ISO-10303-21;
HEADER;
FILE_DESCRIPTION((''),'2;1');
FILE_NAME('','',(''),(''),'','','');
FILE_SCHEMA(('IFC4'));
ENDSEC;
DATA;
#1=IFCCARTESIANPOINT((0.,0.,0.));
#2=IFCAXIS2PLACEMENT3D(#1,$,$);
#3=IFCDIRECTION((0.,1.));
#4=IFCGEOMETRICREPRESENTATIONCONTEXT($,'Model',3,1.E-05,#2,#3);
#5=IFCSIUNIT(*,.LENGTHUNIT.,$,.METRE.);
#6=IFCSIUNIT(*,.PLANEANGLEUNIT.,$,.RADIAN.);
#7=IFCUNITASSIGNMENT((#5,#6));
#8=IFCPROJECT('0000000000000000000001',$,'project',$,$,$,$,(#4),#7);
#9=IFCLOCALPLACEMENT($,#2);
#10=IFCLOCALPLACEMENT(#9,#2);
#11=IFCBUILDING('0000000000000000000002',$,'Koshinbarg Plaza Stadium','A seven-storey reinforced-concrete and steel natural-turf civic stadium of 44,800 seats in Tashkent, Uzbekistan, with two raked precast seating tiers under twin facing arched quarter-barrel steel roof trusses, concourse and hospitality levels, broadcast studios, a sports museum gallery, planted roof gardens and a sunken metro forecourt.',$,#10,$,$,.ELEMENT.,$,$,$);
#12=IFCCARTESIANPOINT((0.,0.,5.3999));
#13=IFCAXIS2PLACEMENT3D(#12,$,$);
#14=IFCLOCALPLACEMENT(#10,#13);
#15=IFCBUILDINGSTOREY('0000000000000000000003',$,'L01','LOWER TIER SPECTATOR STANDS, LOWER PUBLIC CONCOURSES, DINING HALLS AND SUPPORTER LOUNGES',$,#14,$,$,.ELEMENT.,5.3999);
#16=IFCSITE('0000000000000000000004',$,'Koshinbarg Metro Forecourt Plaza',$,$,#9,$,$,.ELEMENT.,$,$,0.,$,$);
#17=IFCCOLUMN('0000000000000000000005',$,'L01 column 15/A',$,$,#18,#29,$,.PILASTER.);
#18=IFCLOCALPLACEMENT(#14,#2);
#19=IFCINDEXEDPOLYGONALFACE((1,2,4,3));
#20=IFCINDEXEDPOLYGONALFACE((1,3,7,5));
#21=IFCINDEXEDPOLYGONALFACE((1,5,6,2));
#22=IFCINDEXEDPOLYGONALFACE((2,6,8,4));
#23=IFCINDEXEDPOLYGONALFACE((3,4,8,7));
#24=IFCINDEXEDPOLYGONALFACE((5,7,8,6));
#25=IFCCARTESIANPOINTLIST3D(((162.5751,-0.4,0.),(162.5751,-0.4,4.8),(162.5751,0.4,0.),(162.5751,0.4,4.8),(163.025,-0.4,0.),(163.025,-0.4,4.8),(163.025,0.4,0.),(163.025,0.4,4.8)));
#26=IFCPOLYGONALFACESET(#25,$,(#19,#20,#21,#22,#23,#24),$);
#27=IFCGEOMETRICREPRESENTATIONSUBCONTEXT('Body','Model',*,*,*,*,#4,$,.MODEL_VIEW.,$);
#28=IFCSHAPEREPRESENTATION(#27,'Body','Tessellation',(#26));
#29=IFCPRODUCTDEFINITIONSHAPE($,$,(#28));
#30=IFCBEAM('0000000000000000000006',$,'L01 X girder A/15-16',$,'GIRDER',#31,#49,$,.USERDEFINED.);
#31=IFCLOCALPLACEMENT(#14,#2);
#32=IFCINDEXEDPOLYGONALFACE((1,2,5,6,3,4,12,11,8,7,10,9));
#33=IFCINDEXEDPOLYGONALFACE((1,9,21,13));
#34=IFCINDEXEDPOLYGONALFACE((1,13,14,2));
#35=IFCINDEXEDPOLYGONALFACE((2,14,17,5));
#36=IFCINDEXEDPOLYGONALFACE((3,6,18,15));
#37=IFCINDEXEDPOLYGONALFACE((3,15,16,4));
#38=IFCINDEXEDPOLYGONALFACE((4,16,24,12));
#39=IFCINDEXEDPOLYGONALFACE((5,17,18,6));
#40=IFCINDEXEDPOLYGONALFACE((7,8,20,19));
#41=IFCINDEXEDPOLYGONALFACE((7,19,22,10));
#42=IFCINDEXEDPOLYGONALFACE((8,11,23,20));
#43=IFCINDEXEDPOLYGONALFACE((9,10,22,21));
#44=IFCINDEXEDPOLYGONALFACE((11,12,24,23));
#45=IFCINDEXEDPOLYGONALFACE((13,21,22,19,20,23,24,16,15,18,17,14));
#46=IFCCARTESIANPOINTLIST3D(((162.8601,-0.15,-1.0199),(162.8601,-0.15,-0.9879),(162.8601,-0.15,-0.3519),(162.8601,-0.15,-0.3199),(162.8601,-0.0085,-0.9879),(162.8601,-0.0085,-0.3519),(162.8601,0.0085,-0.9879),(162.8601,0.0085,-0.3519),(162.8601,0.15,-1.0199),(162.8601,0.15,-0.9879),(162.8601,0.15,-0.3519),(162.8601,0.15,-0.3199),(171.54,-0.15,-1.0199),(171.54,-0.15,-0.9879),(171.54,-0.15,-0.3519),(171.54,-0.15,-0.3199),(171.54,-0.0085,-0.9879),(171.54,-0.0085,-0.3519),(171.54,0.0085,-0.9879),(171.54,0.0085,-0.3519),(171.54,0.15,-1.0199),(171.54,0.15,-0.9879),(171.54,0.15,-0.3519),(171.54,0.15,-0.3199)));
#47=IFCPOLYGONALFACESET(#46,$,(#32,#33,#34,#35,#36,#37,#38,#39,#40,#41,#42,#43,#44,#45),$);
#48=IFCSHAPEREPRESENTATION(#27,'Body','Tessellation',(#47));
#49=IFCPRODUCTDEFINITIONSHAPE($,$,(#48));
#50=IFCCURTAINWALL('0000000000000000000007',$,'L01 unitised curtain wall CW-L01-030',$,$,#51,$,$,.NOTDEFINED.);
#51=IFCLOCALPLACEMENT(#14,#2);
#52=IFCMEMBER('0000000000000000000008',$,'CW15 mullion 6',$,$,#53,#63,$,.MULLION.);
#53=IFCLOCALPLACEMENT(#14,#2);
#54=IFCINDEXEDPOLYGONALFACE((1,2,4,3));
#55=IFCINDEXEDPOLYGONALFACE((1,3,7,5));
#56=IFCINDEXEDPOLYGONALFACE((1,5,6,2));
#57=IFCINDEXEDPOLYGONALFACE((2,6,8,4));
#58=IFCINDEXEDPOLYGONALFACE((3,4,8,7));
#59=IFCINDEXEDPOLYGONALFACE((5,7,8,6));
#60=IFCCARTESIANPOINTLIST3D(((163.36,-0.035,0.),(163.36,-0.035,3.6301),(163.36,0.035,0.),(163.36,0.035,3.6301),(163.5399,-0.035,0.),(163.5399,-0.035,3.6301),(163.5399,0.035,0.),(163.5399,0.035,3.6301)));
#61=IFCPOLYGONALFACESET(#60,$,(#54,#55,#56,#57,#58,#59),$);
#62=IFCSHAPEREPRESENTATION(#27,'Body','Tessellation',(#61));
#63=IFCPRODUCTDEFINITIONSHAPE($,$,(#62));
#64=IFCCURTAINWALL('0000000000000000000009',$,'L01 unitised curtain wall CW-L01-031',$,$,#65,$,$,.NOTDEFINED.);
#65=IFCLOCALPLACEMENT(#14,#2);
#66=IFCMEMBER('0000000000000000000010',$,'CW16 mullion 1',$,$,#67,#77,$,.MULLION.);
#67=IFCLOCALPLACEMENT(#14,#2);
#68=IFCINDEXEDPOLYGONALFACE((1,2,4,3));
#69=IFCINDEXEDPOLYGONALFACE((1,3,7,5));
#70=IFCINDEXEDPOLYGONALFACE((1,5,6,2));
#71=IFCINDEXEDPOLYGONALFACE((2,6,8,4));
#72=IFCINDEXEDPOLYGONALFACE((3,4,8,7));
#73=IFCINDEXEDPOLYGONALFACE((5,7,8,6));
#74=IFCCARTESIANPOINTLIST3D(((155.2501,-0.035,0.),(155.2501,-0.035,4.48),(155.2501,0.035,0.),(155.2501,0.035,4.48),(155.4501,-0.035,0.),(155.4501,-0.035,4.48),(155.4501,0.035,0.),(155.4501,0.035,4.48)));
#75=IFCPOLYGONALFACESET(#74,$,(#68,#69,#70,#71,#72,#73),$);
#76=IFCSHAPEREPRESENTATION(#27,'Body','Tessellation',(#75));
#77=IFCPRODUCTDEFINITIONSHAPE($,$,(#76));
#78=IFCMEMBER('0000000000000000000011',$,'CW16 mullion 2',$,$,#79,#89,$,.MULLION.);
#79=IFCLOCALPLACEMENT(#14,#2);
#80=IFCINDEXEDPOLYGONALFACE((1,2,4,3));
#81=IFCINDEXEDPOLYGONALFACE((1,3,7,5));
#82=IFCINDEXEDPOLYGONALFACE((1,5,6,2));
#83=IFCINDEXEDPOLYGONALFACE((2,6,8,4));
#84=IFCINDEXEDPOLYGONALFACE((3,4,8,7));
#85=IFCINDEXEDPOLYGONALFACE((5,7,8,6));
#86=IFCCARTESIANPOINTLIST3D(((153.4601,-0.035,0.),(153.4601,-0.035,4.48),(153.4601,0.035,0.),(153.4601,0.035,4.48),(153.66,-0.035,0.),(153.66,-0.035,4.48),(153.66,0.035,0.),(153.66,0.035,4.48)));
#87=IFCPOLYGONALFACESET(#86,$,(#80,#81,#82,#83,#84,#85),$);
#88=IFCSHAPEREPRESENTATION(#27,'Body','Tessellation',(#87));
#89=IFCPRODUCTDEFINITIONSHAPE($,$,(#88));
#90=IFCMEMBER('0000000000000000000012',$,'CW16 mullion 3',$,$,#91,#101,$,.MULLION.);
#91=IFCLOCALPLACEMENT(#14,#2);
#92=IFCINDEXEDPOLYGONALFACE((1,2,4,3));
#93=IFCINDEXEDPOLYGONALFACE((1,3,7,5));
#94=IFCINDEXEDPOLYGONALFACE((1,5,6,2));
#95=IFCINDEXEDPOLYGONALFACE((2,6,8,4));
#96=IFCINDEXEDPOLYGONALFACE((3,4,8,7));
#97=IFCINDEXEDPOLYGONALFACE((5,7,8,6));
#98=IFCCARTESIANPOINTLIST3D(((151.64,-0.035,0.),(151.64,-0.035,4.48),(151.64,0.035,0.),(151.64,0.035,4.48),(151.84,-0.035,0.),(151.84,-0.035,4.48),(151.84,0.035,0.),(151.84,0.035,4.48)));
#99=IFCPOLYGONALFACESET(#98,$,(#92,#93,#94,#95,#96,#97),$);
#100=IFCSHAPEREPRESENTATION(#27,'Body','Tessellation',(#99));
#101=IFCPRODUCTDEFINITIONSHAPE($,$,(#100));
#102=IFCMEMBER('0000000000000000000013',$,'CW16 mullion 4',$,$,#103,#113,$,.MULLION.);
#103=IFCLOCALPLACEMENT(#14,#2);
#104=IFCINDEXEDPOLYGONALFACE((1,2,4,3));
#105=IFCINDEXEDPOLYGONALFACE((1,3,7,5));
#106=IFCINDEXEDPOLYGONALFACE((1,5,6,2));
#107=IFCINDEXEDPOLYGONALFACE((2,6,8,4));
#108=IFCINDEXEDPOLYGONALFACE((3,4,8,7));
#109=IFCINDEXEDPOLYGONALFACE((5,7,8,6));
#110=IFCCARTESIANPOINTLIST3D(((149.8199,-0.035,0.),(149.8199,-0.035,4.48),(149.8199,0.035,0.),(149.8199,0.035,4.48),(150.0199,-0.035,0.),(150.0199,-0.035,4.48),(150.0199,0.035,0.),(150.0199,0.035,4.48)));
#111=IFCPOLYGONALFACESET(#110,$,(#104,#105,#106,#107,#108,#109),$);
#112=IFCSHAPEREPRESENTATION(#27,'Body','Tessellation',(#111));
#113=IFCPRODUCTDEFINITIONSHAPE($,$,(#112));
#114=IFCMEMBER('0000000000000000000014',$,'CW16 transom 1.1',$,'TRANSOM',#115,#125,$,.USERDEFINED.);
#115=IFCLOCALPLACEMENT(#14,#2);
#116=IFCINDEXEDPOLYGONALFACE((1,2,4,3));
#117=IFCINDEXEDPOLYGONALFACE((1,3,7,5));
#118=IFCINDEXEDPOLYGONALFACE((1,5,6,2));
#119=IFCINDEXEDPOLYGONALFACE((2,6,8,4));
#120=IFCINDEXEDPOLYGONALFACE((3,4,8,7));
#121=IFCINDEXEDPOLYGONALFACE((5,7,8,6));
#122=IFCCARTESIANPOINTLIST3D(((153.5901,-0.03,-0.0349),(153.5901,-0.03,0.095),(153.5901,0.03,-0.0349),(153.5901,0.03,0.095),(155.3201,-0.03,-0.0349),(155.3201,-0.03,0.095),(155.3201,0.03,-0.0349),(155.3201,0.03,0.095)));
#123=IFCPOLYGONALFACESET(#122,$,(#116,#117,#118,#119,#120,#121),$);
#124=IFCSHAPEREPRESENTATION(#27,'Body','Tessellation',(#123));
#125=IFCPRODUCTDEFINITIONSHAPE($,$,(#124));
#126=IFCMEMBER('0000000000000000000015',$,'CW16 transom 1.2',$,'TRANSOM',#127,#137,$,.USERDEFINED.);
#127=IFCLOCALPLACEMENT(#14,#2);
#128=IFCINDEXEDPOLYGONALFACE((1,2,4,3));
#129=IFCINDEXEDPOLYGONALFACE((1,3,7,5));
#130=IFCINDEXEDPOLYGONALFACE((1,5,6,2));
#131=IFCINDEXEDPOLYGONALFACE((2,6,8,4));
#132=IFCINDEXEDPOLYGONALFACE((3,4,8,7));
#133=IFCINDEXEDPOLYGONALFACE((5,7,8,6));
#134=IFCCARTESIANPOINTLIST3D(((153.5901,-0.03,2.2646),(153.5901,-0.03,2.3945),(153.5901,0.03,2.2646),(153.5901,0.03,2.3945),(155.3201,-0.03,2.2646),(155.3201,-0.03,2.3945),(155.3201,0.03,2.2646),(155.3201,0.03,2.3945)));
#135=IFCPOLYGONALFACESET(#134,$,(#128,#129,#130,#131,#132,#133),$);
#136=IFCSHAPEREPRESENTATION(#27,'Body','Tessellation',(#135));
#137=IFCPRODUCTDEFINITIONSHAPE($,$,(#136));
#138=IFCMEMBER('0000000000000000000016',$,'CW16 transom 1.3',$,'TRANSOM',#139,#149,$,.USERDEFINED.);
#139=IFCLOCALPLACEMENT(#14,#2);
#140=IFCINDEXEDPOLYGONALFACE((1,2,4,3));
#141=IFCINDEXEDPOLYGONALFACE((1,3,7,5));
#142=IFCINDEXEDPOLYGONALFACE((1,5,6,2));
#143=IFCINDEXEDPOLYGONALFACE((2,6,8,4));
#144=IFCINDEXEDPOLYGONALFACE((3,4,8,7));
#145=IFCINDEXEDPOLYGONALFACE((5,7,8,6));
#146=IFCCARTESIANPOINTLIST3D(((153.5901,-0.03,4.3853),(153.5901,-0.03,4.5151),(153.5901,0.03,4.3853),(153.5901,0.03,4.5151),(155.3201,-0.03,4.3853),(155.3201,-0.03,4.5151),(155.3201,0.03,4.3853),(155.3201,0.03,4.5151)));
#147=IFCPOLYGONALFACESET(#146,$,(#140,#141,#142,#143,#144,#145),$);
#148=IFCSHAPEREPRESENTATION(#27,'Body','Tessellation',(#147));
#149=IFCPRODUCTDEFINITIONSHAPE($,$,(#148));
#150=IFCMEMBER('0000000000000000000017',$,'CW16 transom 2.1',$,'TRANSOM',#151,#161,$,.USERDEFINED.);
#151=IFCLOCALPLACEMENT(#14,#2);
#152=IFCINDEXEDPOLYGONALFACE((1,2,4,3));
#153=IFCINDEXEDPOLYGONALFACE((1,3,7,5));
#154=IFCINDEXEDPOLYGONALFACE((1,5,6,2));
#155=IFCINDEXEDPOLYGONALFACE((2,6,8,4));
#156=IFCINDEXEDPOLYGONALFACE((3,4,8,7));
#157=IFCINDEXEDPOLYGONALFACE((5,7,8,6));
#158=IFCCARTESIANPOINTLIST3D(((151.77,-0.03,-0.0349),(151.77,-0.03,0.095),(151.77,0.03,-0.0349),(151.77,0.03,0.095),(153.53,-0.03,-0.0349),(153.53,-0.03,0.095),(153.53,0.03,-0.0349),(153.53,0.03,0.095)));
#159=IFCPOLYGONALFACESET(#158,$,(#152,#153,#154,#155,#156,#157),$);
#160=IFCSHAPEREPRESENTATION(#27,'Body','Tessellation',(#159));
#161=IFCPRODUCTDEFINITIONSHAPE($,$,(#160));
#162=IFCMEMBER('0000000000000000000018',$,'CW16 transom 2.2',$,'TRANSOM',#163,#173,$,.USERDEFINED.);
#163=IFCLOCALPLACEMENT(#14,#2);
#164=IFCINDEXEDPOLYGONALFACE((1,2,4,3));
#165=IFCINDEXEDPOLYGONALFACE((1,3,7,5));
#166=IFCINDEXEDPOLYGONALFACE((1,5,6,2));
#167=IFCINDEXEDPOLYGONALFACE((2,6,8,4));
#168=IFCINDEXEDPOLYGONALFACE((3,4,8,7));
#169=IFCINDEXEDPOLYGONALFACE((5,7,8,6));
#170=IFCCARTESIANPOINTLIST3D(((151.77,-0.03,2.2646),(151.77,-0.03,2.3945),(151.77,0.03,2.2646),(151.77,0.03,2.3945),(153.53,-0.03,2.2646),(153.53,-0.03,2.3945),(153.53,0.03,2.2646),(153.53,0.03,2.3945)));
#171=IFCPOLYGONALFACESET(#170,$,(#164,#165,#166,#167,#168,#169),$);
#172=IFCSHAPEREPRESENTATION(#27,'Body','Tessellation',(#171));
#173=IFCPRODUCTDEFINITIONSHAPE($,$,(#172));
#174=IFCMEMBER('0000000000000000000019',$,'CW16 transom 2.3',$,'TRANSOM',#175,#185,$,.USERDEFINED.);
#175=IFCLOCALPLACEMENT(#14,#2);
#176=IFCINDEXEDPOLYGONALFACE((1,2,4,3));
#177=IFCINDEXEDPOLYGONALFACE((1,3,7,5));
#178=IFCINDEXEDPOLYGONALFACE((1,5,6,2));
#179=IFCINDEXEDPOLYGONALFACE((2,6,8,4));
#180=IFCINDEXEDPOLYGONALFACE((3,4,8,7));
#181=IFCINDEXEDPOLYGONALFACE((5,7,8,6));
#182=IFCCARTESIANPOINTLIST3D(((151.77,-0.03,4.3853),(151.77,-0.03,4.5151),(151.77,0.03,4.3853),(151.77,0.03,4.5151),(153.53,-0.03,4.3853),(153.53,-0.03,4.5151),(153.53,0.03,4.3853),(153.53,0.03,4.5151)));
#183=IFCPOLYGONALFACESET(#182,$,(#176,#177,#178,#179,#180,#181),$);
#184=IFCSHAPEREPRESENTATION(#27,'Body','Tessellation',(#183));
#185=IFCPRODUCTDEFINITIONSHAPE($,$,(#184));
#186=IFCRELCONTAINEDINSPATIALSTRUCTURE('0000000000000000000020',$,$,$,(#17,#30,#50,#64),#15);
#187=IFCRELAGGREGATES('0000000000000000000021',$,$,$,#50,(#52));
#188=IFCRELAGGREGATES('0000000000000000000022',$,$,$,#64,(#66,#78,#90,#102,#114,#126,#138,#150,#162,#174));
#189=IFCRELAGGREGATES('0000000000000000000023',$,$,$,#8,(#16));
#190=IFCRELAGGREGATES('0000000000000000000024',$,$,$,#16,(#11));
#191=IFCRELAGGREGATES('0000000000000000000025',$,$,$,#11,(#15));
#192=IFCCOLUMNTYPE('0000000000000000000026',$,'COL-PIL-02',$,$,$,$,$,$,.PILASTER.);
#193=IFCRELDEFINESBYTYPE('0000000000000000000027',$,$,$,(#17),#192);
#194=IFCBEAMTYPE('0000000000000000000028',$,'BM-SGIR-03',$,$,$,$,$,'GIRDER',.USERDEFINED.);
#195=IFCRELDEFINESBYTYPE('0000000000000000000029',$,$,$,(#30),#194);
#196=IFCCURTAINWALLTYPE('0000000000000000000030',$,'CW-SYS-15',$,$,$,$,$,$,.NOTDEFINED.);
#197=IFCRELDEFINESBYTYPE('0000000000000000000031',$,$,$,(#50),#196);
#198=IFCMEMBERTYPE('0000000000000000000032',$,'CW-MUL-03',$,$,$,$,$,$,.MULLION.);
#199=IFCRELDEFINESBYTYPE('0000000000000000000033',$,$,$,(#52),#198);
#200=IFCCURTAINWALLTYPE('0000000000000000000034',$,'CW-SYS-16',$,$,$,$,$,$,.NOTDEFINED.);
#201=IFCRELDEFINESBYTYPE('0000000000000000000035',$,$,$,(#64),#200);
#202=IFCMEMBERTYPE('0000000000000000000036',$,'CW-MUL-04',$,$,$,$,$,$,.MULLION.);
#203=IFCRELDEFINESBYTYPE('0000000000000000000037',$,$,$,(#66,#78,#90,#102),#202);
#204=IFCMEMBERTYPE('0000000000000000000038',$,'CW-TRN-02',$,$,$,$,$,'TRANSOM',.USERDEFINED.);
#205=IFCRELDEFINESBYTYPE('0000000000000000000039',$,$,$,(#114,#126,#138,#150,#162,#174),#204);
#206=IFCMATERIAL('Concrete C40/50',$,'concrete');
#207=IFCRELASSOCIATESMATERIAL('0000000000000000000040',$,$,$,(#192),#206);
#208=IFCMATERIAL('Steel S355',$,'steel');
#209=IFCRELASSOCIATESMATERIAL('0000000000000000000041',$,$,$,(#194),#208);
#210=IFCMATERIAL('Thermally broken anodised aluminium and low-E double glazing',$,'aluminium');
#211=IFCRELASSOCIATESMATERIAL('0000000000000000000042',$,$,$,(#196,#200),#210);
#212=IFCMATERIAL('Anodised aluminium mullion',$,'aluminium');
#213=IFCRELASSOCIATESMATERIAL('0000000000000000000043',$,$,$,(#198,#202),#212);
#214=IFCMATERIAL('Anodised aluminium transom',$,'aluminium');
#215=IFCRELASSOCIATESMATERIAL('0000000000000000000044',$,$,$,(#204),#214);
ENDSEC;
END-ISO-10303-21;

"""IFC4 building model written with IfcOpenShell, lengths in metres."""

from ifc_helpers import new_model, si_unit, direction, frame, origin, origin_2d, place, context, subcontext, project, spatial, rectangle, i_section, extrude, material, material_profile, profile_set, type_object, element, aggregate, save


model = new_model("IFC4")

# Units and contexts
model_context = context("Model", 3, precision=1e-05, world=origin(), true_north=direction((0.0, 1.0)))
body_context = subcontext(model_context, "Body", "Model", "MODEL_VIEW")
ifc_project = project(units=[si_unit("LENGTHUNIT", "METRE"), si_unit("PLANEANGLEUNIT", "RADIAN")], contexts=[model_context])

# Site, building, storey
site_placement = place(None, origin())
site = spatial("IfcSite", under=ifc_project, at=site_placement, Name="Koshinbarg Metro Forecourt Plaza", CompositionType="ELEMENT", RefElevation=0.0)
building_placement = place(site_placement, origin())
building = spatial("IfcBuilding", under=site, at=building_placement, Name="Koshinbarg Plaza Stadium", Description="A seven-storey reinforced-concrete and steel natural-turf civic stadium of 44,800 seats in Tashkent, Uzbekistan, with two raked precast seating tiers under twin facing arched quarter-barrel steel roof trusses, concourse and hospitality levels, broadcast studios, a sports museum gallery, planted roof gardens and a sunken metro forecourt.", CompositionType="ELEMENT")
storey_placement = place(building_placement, frame((0.0, 0.0, 5.3999)))
storey = spatial("IfcBuildingStorey", under=building, at=storey_placement, Name="L01", Description="LOWER TIER SPECTATOR STANDS, LOWER PUBLIC CONCOURSES, DINING HALLS AND SUPPORTER LOUNGES", CompositionType="ELEMENT", Elevation=5.3999)

# Column
ifc_material_1 = material(Name="Concrete C40/50", Category="concrete")
ifc_material_profile_1 = material_profile(ifc_material_1, rectangle(XDim=0.45, YDim=0.8, at=origin_2d()), Name="PIL 450x800")
ifc_profile_set_1 = profile_set([ifc_material_profile_1], Name="Concrete C40/50")
column_type = type_object("IfcColumnType", Name="COL-PIL-02", PredefinedType="PILASTER", material=ifc_profile_set_1)
column_placement = place(storey_placement, frame((162.8, 0.0, 0.0), z_axis=(0.0, 0.0, 1.0), x_axis=(1.0, 0.0, 0.0)))
element("IfcColumn", 1, at=column_placement, inside=storey, type_object=column_type, Name="L01 column 15/A", PredefinedType="PILASTER", context=body_context, shape_type="SweptSolid", body=[
    extrude(rectangle(XDim=0.45, YDim=0.8, at=origin_2d()), origin(), (0.0, 0.0, 1.0), 4.8),
])

# Beam
ifc_material_2 = material(Name="Steel S355", Category="steel")
ifc_material_profile_2 = material_profile(ifc_material_2, i_section(OverallWidth=0.3, OverallDepth=0.7, WebThickness=0.0171, FlangeThickness=0.032, at=origin_2d()), Name="HEB 700")
ifc_profile_set_2 = profile_set([ifc_material_profile_2], Name="Steel S355")
beam_type = type_object("IfcBeamType", Name="BM-SGIR-03", ElementType="GIRDER", PredefinedType="USERDEFINED", material=ifc_profile_set_2)
beam_placement = place(storey_placement, frame((162.8601, 0.0, -0.6699), z_axis=(1.0, 0.0, 0.0), x_axis=(0.0, 1.0, 0.0)))
element("IfcBeam", 2, at=beam_placement, inside=storey, type_object=beam_type, Name="L01 X girder A/15-16", ObjectType="GIRDER", PredefinedType="USERDEFINED", context=body_context, shape_type="SweptSolid", body=[
    extrude(i_section(OverallWidth=0.3, OverallDepth=0.7, WebThickness=0.0171, FlangeThickness=0.032, at=origin_2d()), origin(), (0.0, 0.0, 1.0), 8.6799),
])

# Curtain wall, member
ifc_material_3 = material(Name="Thermally broken anodised aluminium and low-E double glazing", Category="aluminium")
curtain_wall_type_1 = type_object("IfcCurtainWallType", Name="CW-SYS-15", PredefinedType="NOTDEFINED", material=ifc_material_3)
curtain_wall_1_placement = place(storey_placement, origin())
curtain_wall_1 = element("IfcCurtainWall", 3, at=curtain_wall_1_placement, inside=storey, type_object=curtain_wall_type_1, Name="L01 unitised curtain wall CW-L01-030", PredefinedType="NOTDEFINED")
ifc_material_4 = material(Name="Anodised aluminium mullion", Category="aluminium")
ifc_material_profile_3 = material_profile(ifc_material_4, rectangle(XDim=0.0701, YDim=0.1799, at=origin_2d()), Name="ALU 70x180")
ifc_profile_set_3 = profile_set([ifc_material_profile_3], Name="Anodised aluminium mullion")
member_type_1 = type_object("IfcMemberType", Name="CW-MUL-03", PredefinedType="MULLION", material=ifc_profile_set_3)
member_1_placement = place(storey_placement, frame((163.45, 0.0, 0.0), z_axis=(0.0, 0.0, 1.0), x_axis=(0.0, -1.0, 0.0)))
member_1 = element("IfcMember", 4, at=member_1_placement, type_object=member_type_1, Name="CW15 mullion 6", PredefinedType="MULLION", context=body_context, shape_type="SweptSolid", body=[
    extrude(rectangle(XDim=0.0701, YDim=0.1799, at=origin_2d()), origin(), (0.0, 0.0, 1.0), 3.6301),
])
aggregate(curtain_wall_1, [member_1])

# Curtain wall, members
curtain_wall_type_2 = type_object("IfcCurtainWallType", Name="CW-SYS-16", PredefinedType="NOTDEFINED", material=ifc_material_3)
curtain_wall_2_placement = place(storey_placement, origin())
curtain_wall_2 = element("IfcCurtainWall", 5, at=curtain_wall_2_placement, inside=storey, type_object=curtain_wall_type_2, Name="L01 unitised curtain wall CW-L01-031", PredefinedType="NOTDEFINED")
ifc_material_profile_4 = material_profile(ifc_material_4, rectangle(XDim=0.0701, YDim=0.2, at=origin_2d()), Name="ALU 70x200")
ifc_profile_set_4 = profile_set([ifc_material_profile_4], Name="Anodised aluminium mullion")
member_type_2 = type_object("IfcMemberType", Name="CW-MUL-04", PredefinedType="MULLION", material=ifc_profile_set_4)
member_2_placement = place(storey_placement, frame((155.3501, 0.0, 0.0), z_axis=(0.0, 0.0, 1.0), x_axis=(0.0, -1.0, 0.0)))
member_2 = element("IfcMember", 6, at=member_2_placement, type_object=member_type_2, Name="CW16 mullion 1", PredefinedType="MULLION", context=body_context, shape_type="SweptSolid", body=[
    extrude(rectangle(XDim=0.0701, YDim=0.2, at=origin_2d()), origin(), (0.0, 0.0, 1.0), 4.48),
])
member_3_placement = place(storey_placement, frame((153.5601, 0.0, 0.0), z_axis=(0.0, 0.0, 1.0), x_axis=(0.0, -1.0, 0.0)))
member_3 = element("IfcMember", 7, at=member_3_placement, type_object=member_type_2, Name="CW16 mullion 2", PredefinedType="MULLION", context=body_context, shape_type="SweptSolid", body=[
    extrude(rectangle(XDim=0.0701, YDim=0.2, at=origin_2d()), origin(), (0.0, 0.0, 1.0), 4.48),
])
member_4_placement = place(storey_placement, frame((151.74, 0.0, 0.0), z_axis=(0.0, 0.0, 1.0), x_axis=(0.0, -1.0, 0.0)))
member_4 = element("IfcMember", 8, at=member_4_placement, type_object=member_type_2, Name="CW16 mullion 3", PredefinedType="MULLION", context=body_context, shape_type="SweptSolid", body=[
    extrude(rectangle(XDim=0.0701, YDim=0.2, at=origin_2d()), origin(), (0.0, 0.0, 1.0), 4.48),
])
member_5_placement = place(storey_placement, frame((149.9199, 0.0, 0.0), z_axis=(0.0, 0.0, 1.0), x_axis=(0.0, -1.0, 0.0)))
member_5 = element("IfcMember", 9, at=member_5_placement, type_object=member_type_2, Name="CW16 mullion 4", PredefinedType="MULLION", context=body_context, shape_type="SweptSolid", body=[
    extrude(rectangle(XDim=0.0701, YDim=0.2, at=origin_2d()), origin(), (0.0, 0.0, 1.0), 4.48),
])
ifc_material_5 = material(Name="Anodised aluminium transom", Category="aluminium")
ifc_material_profile_5 = material_profile(ifc_material_5, rectangle(XDim=0.0601, YDim=0.1299, at=origin_2d()), Name="ALU 60x130")
ifc_profile_set_5 = profile_set([ifc_material_profile_5], Name="Anodised aluminium transom")
member_type_3 = type_object("IfcMemberType", Name="CW-TRN-02", ElementType="TRANSOM", PredefinedType="USERDEFINED", material=ifc_profile_set_5)
member_6_placement = place(storey_placement, frame((155.3201, 0.0, 0.03), z_axis=(-1.0, 0.0, 0.0), x_axis=(0.0, -1.0, 0.0)))
member_6 = element("IfcMember", 10, at=member_6_placement, type_object=member_type_3, Name="CW16 transom 1.1", ObjectType="TRANSOM", PredefinedType="USERDEFINED", context=body_context, shape_type="SweptSolid", body=[
    extrude(rectangle(XDim=0.0601, YDim=0.1299, at=origin_2d()), origin(), (0.0, 0.0, 1.0), 1.73),
])
member_7_placement = place(storey_placement, frame((155.3201, 0.0, 2.3296), z_axis=(-1.0, 0.0, 0.0), x_axis=(0.0, -1.0, 0.0)))
member_7 = element("IfcMember", 11, at=member_7_placement, type_object=member_type_3, Name="CW16 transom 1.2", ObjectType="TRANSOM", PredefinedType="USERDEFINED", context=body_context, shape_type="SweptSolid", body=[
    extrude(rectangle(XDim=0.0601, YDim=0.1299, at=origin_2d()), origin(), (0.0, 0.0, 1.0), 1.73),
])
member_8_placement = place(storey_placement, frame((155.3201, 0.0, 4.4502), z_axis=(-1.0, 0.0, 0.0), x_axis=(0.0, -1.0, 0.0)))
member_8 = element("IfcMember", 12, at=member_8_placement, type_object=member_type_3, Name="CW16 transom 1.3", ObjectType="TRANSOM", PredefinedType="USERDEFINED", context=body_context, shape_type="SweptSolid", body=[
    extrude(rectangle(XDim=0.0601, YDim=0.1299, at=origin_2d()), origin(), (0.0, 0.0, 1.0), 1.73),
])
member_9_placement = place(storey_placement, frame((153.53, 0.0, 0.03), z_axis=(-1.0, 0.0, 0.0), x_axis=(0.0, -1.0, 0.0)))
member_9 = element("IfcMember", 13, at=member_9_placement, type_object=member_type_3, Name="CW16 transom 2.1", ObjectType="TRANSOM", PredefinedType="USERDEFINED", context=body_context, shape_type="SweptSolid", body=[
    extrude(rectangle(XDim=0.0601, YDim=0.1299, at=origin_2d()), origin(), (0.0, 0.0, 1.0), 1.76),
])
member_10_placement = place(storey_placement, frame((153.53, 0.0, 2.3296), z_axis=(-1.0, 0.0, 0.0), x_axis=(0.0, -1.0, 0.0)))
member_10 = element("IfcMember", 14, at=member_10_placement, type_object=member_type_3, Name="CW16 transom 2.2", ObjectType="TRANSOM", PredefinedType="USERDEFINED", context=body_context, shape_type="SweptSolid", body=[
    extrude(rectangle(XDim=0.0601, YDim=0.1299, at=origin_2d()), origin(), (0.0, 0.0, 1.0), 1.76),
])
member_11_placement = place(storey_placement, frame((153.53, 0.0, 4.4502), z_axis=(-1.0, 0.0, 0.0), x_axis=(0.0, -1.0, 0.0)))
member_11 = element("IfcMember", 15, at=member_11_placement, type_object=member_type_3, Name="CW16 transom 2.3", ObjectType="TRANSOM", PredefinedType="USERDEFINED", context=body_context, shape_type="SweptSolid", body=[
    extrude(rectangle(XDim=0.0601, YDim=0.1299, at=origin_2d()), origin(), (0.0, 0.0, 1.0), 1.76),
])
aggregate(curtain_wall_2, [member_2, member_3, member_4, member_5, member_6, member_7, member_8, member_9, member_10, member_11])

save(model, "model.ifc")
